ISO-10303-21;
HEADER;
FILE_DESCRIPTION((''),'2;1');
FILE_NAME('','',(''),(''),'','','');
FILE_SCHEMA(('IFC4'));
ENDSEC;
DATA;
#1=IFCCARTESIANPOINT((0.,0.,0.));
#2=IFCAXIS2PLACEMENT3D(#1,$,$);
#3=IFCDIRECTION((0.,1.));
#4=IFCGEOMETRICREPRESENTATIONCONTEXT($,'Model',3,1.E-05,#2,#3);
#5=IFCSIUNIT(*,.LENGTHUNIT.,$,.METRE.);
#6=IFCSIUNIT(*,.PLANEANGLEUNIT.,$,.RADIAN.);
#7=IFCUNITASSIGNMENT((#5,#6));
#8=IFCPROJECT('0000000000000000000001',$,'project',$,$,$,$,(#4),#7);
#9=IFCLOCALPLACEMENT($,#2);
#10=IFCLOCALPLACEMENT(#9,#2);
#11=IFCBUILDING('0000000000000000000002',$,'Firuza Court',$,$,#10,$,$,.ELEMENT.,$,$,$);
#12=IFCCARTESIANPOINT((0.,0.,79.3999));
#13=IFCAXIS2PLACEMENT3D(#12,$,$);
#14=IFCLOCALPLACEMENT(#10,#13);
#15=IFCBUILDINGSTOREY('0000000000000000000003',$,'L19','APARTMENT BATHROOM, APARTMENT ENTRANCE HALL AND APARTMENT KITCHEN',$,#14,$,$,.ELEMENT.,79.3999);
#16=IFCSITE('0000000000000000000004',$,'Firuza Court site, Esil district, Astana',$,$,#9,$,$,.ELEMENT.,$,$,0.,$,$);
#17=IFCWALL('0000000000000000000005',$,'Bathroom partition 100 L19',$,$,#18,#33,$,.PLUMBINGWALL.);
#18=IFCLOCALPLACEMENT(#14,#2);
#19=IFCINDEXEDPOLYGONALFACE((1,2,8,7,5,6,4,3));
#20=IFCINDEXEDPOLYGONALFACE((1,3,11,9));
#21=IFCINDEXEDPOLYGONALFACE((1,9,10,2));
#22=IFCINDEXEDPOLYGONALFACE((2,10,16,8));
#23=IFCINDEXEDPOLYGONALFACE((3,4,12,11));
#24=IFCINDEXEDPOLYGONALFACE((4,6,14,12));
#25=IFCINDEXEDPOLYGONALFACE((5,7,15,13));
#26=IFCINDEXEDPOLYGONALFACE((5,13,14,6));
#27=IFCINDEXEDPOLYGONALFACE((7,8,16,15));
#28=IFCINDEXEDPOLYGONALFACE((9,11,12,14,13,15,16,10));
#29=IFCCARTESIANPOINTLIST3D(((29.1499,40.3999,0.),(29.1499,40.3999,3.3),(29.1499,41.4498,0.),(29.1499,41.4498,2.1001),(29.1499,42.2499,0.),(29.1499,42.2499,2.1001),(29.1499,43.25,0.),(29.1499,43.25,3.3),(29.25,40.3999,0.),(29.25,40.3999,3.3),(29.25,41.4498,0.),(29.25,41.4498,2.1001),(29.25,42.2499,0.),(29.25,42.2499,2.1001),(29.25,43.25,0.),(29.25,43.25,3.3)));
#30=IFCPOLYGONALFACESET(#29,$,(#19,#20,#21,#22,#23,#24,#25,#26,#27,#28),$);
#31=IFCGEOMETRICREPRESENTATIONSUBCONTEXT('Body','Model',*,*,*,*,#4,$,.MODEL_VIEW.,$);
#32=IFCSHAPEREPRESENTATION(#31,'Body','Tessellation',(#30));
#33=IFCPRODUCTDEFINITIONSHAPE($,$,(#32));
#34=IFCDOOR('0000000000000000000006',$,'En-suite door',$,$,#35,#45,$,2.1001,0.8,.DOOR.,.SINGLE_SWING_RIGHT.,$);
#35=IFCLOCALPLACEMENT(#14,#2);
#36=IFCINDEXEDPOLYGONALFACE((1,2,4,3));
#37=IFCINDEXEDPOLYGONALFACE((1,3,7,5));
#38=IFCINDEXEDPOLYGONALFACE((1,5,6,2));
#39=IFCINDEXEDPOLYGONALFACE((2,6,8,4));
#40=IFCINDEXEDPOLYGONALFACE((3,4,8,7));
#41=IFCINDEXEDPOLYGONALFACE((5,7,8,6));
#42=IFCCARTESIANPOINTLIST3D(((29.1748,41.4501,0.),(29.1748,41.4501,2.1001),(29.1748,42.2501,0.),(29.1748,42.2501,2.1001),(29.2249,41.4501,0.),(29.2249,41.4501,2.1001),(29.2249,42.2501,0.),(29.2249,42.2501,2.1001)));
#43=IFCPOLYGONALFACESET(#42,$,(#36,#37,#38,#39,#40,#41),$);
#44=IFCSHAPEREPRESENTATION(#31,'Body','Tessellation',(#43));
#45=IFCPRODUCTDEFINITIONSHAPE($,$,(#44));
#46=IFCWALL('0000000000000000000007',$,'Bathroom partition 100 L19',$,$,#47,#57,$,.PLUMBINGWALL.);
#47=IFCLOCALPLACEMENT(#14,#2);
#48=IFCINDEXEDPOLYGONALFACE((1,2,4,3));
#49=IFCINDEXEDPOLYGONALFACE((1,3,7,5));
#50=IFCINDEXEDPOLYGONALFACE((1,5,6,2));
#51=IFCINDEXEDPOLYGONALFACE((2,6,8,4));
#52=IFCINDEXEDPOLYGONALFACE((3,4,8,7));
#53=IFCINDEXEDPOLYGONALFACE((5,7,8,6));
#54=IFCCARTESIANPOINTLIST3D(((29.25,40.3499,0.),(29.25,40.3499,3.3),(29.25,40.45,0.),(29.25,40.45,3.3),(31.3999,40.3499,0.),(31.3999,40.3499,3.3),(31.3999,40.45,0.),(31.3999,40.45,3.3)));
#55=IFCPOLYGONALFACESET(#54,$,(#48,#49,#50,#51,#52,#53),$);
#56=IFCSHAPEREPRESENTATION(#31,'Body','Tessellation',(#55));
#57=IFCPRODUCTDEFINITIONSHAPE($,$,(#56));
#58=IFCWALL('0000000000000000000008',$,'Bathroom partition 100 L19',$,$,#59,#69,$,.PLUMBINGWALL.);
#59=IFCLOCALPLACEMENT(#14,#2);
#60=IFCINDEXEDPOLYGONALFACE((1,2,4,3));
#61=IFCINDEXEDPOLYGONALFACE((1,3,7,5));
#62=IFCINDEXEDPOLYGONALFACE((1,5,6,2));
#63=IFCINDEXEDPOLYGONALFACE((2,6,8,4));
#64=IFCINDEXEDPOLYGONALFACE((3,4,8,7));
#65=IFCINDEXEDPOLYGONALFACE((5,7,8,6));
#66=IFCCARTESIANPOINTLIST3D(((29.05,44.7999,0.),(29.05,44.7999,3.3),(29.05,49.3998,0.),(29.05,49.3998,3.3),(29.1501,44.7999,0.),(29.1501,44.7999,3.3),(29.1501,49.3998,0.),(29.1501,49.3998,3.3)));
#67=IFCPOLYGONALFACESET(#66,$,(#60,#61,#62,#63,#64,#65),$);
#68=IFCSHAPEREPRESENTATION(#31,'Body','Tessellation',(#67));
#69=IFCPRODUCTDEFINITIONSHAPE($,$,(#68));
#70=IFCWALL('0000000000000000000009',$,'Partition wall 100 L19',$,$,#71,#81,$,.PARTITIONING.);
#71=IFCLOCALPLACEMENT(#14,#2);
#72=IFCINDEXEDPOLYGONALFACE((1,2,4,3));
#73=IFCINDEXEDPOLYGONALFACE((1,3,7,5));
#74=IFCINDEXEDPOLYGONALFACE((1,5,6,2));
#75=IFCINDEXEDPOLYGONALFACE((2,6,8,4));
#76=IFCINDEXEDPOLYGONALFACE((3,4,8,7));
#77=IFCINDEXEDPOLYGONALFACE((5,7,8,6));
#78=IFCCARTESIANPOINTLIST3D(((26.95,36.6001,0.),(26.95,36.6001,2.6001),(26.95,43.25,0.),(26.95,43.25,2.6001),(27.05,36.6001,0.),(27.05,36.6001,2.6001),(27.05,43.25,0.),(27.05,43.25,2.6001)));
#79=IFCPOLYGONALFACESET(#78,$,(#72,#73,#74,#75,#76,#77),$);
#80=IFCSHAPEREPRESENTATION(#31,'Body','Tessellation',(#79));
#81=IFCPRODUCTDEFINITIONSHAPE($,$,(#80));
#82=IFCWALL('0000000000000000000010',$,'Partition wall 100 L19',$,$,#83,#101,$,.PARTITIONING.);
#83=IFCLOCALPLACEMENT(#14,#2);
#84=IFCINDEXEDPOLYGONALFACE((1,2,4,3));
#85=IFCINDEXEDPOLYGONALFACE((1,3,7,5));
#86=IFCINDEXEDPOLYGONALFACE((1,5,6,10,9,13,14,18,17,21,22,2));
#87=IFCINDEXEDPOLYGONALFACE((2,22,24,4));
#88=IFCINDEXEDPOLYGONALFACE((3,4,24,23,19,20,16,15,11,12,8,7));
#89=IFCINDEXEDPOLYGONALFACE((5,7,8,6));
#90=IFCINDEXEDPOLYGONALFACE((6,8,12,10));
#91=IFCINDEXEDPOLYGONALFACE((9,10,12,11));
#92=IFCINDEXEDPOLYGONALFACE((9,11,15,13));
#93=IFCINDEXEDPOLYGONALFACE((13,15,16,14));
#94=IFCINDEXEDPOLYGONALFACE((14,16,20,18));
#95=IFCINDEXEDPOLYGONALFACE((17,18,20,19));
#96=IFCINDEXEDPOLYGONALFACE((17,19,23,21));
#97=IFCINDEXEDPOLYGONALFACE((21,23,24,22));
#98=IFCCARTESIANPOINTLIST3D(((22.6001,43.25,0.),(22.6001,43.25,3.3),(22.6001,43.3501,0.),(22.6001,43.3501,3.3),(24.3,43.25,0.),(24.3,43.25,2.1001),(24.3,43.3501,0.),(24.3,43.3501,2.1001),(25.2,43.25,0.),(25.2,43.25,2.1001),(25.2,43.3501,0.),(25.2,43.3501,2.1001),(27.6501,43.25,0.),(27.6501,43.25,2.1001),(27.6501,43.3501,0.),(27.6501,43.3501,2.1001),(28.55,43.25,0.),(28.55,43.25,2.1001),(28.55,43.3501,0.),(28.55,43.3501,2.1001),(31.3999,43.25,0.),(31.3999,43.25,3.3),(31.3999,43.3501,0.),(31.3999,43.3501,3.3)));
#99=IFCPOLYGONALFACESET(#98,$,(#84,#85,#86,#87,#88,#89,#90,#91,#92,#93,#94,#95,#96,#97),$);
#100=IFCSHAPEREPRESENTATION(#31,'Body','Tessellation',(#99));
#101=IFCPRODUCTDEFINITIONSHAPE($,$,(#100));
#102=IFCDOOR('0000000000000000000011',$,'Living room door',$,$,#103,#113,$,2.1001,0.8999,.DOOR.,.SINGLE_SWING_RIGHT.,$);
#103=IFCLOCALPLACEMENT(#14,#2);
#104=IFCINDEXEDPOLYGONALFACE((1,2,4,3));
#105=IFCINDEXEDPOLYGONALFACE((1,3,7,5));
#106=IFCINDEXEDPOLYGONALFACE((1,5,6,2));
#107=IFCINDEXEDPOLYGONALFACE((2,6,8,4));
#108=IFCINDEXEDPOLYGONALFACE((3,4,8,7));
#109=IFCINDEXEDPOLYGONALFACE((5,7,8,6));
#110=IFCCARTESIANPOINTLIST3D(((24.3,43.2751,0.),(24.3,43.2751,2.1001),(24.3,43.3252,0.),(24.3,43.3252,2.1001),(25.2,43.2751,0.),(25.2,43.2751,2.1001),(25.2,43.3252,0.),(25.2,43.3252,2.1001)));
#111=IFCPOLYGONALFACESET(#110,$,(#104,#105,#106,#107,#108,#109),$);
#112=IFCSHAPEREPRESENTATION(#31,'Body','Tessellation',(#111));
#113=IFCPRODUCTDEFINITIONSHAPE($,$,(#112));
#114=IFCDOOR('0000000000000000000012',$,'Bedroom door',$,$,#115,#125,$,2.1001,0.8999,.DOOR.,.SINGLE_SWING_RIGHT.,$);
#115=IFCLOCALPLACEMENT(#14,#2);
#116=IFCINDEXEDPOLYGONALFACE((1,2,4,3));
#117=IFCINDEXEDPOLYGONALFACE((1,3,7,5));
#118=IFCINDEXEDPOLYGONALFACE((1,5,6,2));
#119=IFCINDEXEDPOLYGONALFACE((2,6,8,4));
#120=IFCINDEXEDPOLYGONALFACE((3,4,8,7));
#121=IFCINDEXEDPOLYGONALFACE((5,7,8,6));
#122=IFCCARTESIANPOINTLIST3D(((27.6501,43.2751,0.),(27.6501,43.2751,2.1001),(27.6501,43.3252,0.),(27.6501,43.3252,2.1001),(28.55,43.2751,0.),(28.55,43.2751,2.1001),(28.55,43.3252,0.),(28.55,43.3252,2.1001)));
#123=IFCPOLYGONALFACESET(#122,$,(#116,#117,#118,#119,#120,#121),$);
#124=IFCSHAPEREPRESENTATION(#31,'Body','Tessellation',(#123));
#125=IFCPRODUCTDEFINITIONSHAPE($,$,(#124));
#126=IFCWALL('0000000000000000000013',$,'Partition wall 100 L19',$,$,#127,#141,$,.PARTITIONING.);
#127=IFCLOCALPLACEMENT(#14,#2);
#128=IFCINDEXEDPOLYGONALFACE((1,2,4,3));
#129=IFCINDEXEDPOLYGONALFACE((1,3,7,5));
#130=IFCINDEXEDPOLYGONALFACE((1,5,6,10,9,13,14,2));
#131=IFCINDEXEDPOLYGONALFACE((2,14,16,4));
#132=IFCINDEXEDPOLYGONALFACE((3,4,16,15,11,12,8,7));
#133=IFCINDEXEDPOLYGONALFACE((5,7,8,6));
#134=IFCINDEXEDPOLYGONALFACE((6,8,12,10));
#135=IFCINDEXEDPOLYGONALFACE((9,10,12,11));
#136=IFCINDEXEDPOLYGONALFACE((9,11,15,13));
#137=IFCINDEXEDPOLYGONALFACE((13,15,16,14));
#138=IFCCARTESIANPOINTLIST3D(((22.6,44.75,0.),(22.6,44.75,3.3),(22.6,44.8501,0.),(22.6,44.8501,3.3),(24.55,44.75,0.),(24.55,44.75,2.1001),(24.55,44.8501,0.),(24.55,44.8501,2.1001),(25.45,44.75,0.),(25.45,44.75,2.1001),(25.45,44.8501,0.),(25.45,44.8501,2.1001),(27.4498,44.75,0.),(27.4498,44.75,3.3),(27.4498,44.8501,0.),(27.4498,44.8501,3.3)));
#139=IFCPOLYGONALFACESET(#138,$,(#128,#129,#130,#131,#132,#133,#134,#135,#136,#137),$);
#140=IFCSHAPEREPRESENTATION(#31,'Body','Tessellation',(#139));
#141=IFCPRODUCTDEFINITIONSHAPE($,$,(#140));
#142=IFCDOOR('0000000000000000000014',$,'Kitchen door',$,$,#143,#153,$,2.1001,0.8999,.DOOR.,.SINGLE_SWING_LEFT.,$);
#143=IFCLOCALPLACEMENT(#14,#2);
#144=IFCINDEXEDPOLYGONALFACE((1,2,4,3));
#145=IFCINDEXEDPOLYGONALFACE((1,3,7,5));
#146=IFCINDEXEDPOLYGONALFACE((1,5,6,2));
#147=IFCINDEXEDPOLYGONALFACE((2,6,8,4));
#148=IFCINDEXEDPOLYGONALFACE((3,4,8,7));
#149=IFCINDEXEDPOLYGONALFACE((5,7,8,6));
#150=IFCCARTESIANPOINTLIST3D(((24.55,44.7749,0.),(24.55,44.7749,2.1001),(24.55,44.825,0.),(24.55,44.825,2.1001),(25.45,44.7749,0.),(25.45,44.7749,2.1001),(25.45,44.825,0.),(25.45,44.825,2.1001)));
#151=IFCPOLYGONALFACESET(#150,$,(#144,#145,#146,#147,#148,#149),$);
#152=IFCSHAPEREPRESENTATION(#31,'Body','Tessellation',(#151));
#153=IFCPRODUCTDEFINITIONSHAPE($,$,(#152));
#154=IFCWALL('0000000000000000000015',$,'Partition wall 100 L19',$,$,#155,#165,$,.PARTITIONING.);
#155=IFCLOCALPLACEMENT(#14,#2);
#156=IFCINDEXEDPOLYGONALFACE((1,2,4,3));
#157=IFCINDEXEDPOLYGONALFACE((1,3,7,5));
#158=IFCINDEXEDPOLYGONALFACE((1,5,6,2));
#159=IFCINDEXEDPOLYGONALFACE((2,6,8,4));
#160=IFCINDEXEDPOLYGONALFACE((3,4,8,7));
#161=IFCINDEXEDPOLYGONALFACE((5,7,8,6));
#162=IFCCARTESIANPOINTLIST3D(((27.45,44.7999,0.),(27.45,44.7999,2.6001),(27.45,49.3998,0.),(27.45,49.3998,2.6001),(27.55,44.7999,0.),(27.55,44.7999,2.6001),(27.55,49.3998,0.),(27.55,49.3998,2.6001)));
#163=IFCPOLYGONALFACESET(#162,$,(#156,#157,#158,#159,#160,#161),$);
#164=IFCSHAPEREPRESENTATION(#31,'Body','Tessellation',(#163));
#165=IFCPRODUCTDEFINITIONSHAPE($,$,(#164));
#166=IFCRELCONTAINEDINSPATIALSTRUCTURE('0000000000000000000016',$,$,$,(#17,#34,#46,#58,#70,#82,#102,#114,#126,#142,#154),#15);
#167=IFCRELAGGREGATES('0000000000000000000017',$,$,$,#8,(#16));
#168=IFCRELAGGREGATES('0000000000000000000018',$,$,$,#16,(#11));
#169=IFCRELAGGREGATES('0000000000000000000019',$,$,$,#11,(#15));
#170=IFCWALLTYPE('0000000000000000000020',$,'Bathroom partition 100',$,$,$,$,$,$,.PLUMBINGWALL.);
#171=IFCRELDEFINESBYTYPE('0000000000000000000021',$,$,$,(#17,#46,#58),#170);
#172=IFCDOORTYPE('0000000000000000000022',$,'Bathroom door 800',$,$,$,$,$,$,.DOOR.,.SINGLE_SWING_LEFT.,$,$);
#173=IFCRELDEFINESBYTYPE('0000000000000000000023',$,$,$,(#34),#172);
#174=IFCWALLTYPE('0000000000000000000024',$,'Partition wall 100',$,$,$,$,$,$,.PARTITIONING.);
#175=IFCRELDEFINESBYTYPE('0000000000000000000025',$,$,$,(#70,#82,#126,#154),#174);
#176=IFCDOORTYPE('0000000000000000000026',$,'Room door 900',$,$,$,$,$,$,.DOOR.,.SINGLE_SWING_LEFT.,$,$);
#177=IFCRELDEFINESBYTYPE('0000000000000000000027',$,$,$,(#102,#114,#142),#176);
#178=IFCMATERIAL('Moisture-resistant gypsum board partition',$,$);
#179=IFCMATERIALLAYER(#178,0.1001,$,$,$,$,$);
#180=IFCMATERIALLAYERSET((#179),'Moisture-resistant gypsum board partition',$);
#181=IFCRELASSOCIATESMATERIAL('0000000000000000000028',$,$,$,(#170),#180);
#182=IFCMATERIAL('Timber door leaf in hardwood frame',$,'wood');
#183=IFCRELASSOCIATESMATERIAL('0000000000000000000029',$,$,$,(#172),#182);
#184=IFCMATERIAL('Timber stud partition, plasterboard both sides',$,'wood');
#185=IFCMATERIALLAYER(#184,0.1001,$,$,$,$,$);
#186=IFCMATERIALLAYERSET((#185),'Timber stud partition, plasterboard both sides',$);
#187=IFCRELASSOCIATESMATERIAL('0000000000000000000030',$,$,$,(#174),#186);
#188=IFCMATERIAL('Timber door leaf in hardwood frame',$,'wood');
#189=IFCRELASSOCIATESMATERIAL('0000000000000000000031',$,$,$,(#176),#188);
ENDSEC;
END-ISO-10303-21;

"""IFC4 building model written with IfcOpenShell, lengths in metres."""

from ifc_helpers import new_model, si_unit, direction, frame, frame_2d, origin, place, context, subcontext, project, spatial, rectangle, extrude, material, layer, layer_set, type_object, element, fill, save


model = new_model("IFC4")

# Units and contexts
model_context = context("Model", 3, precision=1e-05, world=origin(), true_north=direction((0.0, 1.0)))
body_context = subcontext(model_context, "Body", "Model", "MODEL_VIEW")
ifc_project = project(units=[si_unit("LENGTHUNIT", "METRE"), si_unit("PLANEANGLEUNIT", "RADIAN")], contexts=[model_context])

# Site, building, storey
site_placement = place(None, origin())
site = spatial("IfcSite", under=ifc_project, at=site_placement, Name="Firuza Court site, Esil district, Astana", CompositionType="ELEMENT", RefElevation=0.0)
building_placement = place(site_placement, origin())
building = spatial("IfcBuilding", under=site, at=building_placement, Name="Firuza Court", CompositionType="ELEMENT")
storey_placement = place(building_placement, frame((0.0, 0.0, 79.3999)))
storey = spatial("IfcBuildingStorey", under=building, at=storey_placement, Name="L19", Description="APARTMENT BATHROOM, APARTMENT ENTRANCE HALL AND APARTMENT KITCHEN", CompositionType="ELEMENT", Elevation=79.3999)

# Wall, opening, door
ifc_material_1 = material(Name="Moisture-resistant gypsum board partition")
ifc_layer_1 = layer(ifc_material_1, 0.1001)
ifc_layer_set_1 = layer_set([ifc_layer_1], Name="Moisture-resistant gypsum board partition")
wall_type_1 = type_object("IfcWallType", Name="Bathroom partition 100", PredefinedType="PLUMBINGWALL", material=ifc_layer_set_1)
wall_1_placement = place(storey_placement, frame((29.2, 40.3999, 0.0), z_axis=(0.0, 0.0, 1.0), x_axis=(0.0, 1.0, 0.0)))
wall_1 = element("IfcWall", 1, at=wall_1_placement, inside=storey, type_object=wall_type_1, Name="Bathroom partition 100 L19", PredefinedType="PLUMBINGWALL", context=body_context, shape_type="SweptSolid", body=[
    extrude(rectangle(XDim=2.8501, YDim=0.1001, at=frame_2d((1.425, 0.0))), origin(), (0.0, 0.0, 1.0), 3.3),
])
opening_1_placement = place(wall_1_placement, frame((1.05, 0.0, 0.0)))
opening_1 = element("IfcOpeningElement", 2, at=opening_1_placement, cuts=wall_1, PredefinedType="OPENING", context=body_context, shape_type="SweptSolid", body=[
    extrude(rectangle(XDim=0.8, YDim=2.1001, at=frame_2d((0.3999, 1.05))), frame((0.0, 0.062, 0.0), z_axis=(0.0, -1.0, 0.0), x_axis=(1.0, 0.0, 0.0)), (0.0, 0.0, 1.0), 0.124),
])
ifc_material_2 = material(Name="Timber door leaf in hardwood frame", Category="wood")
door_type_1 = type_object("IfcDoorType", Name="Bathroom door 800", OperationType="SINGLE_SWING_LEFT", PredefinedType="DOOR", material=ifc_material_2)
door_1_placement = place(opening_1_placement, frame((0.8, 0.0, 0.0), z_axis=(0.0, 0.0, 1.0), x_axis=(-1.0, 0.0, 0.0)))
door_1 = element("IfcDoor", 3, at=door_1_placement, inside=storey, type_object=door_type_1, Name="En-suite door", OperationType="SINGLE_SWING_RIGHT", OverallHeight=2.1001, OverallWidth=0.8, PredefinedType="DOOR", context=body_context, shape_type="SweptSolid", body=[
    extrude(rectangle(XDim=0.8, YDim=2.1001, at=frame_2d((0.3999, 1.05))), frame((0.0, 0.0249, 0.0), z_axis=(0.0, -1.0, 0.0), x_axis=(1.0, 0.0, 0.0)), (0.0, 0.0, 1.0), 0.05),
])
fill(opening_1, door_1)

# Walls
wall_2_placement = place(storey_placement, frame((29.25, 40.3999, 0.0), z_axis=(0.0, 0.0, 1.0), x_axis=(1.0, 0.0, 0.0)))
element("IfcWall", 4, at=wall_2_placement, inside=storey, type_object=wall_type_1, Name="Bathroom partition 100 L19", PredefinedType="PLUMBINGWALL", context=body_context, shape_type="SweptSolid", body=[
    extrude(rectangle(XDim=2.1499, YDim=0.1001, at=frame_2d((1.075, 0.0))), origin(), (0.0, 0.0, 1.0), 3.3),
])
wall_3_placement = place(storey_placement, frame((29.1001, 44.8, 0.0), z_axis=(0.0, 0.0, 1.0), x_axis=(0.0, 1.0, 0.0)))
element("IfcWall", 5, at=wall_3_placement, inside=storey, type_object=wall_type_1, Name="Bathroom partition 100 L19", PredefinedType="PLUMBINGWALL", context=body_context, shape_type="SweptSolid", body=[
    extrude(rectangle(XDim=4.5999, YDim=0.1001, at=frame_2d((2.2998, 0.0))), origin(), (0.0, 0.0, 1.0), 3.3),
])
ifc_material_3 = material(Name="Timber stud partition, plasterboard both sides", Category="wood")
ifc_layer_2 = layer(ifc_material_3, 0.1001)
ifc_layer_set_2 = layer_set([ifc_layer_2], Name="Timber stud partition, plasterboard both sides")
wall_type_2 = type_object("IfcWallType", Name="Partition wall 100", PredefinedType="PARTITIONING", material=ifc_layer_set_2)
wall_4_placement = place(storey_placement, frame((27.0, 36.6001, 0.0), z_axis=(0.0, 0.0, 1.0), x_axis=(0.0, 1.0, 0.0)))
element("IfcWall", 6, at=wall_4_placement, inside=storey, type_object=wall_type_2, Name="Partition wall 100 L19", PredefinedType="PARTITIONING", context=body_context, shape_type="SweptSolid", body=[
    extrude(rectangle(XDim=6.6499, YDim=0.1001, at=frame_2d((3.325, 0.0))), origin(), (0.0, 0.0, 1.0), 2.6001),
])

# Wall, openings, doors
wall_5_placement = place(storey_placement, frame((22.6001, 43.3, 0.0), z_axis=(0.0, 0.0, 1.0), x_axis=(1.0, 0.0, 0.0)))
wall_5 = element("IfcWall", 7, at=wall_5_placement, inside=storey, type_object=wall_type_2, Name="Partition wall 100 L19", PredefinedType="PARTITIONING", context=body_context, shape_type="SweptSolid", body=[
    extrude(rectangle(XDim=8.7998, YDim=0.1001, at=frame_2d((4.3999, 0.0))), origin(), (0.0, 0.0, 1.0), 3.3),
])
opening_2_placement = place(wall_5_placement, frame((1.7, 0.0, 0.0)))
opening_2 = element("IfcOpeningElement", 8, at=opening_2_placement, cuts=wall_5, PredefinedType="OPENING", context=body_context, shape_type="SweptSolid", body=[
    extrude(rectangle(XDim=0.8999, YDim=2.1001, at=frame_2d((0.45, 1.05))), frame((0.0, 0.062, 0.0), z_axis=(0.0, -1.0, 0.0), x_axis=(1.0, 0.0, 0.0)), (0.0, 0.0, 1.0), 0.124),
])
opening_3_placement = place(wall_5_placement, frame((5.05, 0.0, 0.0)))
opening_3 = element("IfcOpeningElement", 9, at=opening_3_placement, cuts=wall_5, PredefinedType="OPENING", context=body_context, shape_type="SweptSolid", body=[
    extrude(rectangle(XDim=0.8999, YDim=2.1001, at=frame_2d((0.45, 1.05))), frame((0.0, 0.062, 0.0), z_axis=(0.0, -1.0, 0.0), x_axis=(1.0, 0.0, 0.0)), (0.0, 0.0, 1.0), 0.124),
])
ifc_material_4 = material(Name="Timber door leaf in hardwood frame", Category="wood")
door_type_2 = type_object("IfcDoorType", Name="Room door 900", OperationType="SINGLE_SWING_LEFT", PredefinedType="DOOR", material=ifc_material_4)
door_2_placement = place(opening_2_placement, frame((0.8999, 0.0, 0.0), z_axis=(0.0, 0.0, 1.0), x_axis=(-1.0, 0.0, 0.0)))
door_2 = element("IfcDoor", 10, at=door_2_placement, inside=storey, type_object=door_type_2, Name="Living room door", OperationType="SINGLE_SWING_RIGHT", OverallHeight=2.1001, OverallWidth=0.8999, PredefinedType="DOOR", context=body_context, shape_type="SweptSolid", body=[
    extrude(rectangle(XDim=0.8999, YDim=2.1001, at=frame_2d((0.45, 1.05))), frame((0.0, 0.0249, 0.0), z_axis=(0.0, -1.0, 0.0), x_axis=(1.0, 0.0, 0.0)), (0.0, 0.0, 1.0), 0.05),
])
fill(opening_2, door_2)
door_3_placement = place(opening_3_placement, frame((0.8999, 0.0, 0.0), z_axis=(0.0, 0.0, 1.0), x_axis=(-1.0, 0.0, 0.0)))
door_3 = element("IfcDoor", 11, at=door_3_placement, inside=storey, type_object=door_type_2, Name="Bedroom door", OperationType="SINGLE_SWING_RIGHT", OverallHeight=2.1001, OverallWidth=0.8999, PredefinedType="DOOR", context=body_context, shape_type="SweptSolid", body=[
    extrude(rectangle(XDim=0.8999, YDim=2.1001, at=frame_2d((0.45, 1.05))), frame((0.0, 0.0249, 0.0), z_axis=(0.0, -1.0, 0.0), x_axis=(1.0, 0.0, 0.0)), (0.0, 0.0, 1.0), 0.05),
])
fill(opening_3, door_3)

# Wall, opening, door
wall_6_placement = place(storey_placement, frame((22.6001, 44.8, 0.0), z_axis=(0.0, 0.0, 1.0), x_axis=(1.0, 0.0, 0.0)))
wall_6 = element("IfcWall", 12, at=wall_6_placement, inside=storey, type_object=wall_type_2, Name="Partition wall 100 L19", PredefinedType="PARTITIONING", context=body_context, shape_type="SweptSolid", body=[
    extrude(rectangle(XDim=4.8499, YDim=0.1001, at=frame_2d((2.4248, 0.0))), origin(), (0.0, 0.0, 1.0), 3.3),
])
opening_4_placement = place(wall_6_placement, frame((1.95, 0.0, 0.0)))
opening_4 = element("IfcOpeningElement", 13, at=opening_4_placement, cuts=wall_6, PredefinedType="OPENING", context=body_context, shape_type="SweptSolid", body=[
    extrude(rectangle(XDim=0.8999, YDim=2.1001, at=frame_2d((0.45, 1.05))), frame((0.0, 0.062, 0.0), z_axis=(0.0, -1.0, 0.0), x_axis=(1.0, 0.0, 0.0)), (0.0, 0.0, 1.0), 0.124),
])
door_4_placement = place(opening_4_placement, origin())
door_4 = element("IfcDoor", 14, at=door_4_placement, inside=storey, type_object=door_type_2, Name="Kitchen door", OperationType="SINGLE_SWING_LEFT", OverallHeight=2.1001, OverallWidth=0.8999, PredefinedType="DOOR", context=body_context, shape_type="SweptSolid", body=[
    extrude(rectangle(XDim=0.8999, YDim=2.1001, at=frame_2d((0.45, 1.05))), frame((0.0, 0.0249, 0.0), z_axis=(0.0, -1.0, 0.0), x_axis=(1.0, 0.0, 0.0)), (0.0, 0.0, 1.0), 0.05),
])
fill(opening_4, door_4)

# Wall
wall_7_placement = place(storey_placement, frame((27.5, 44.8, 0.0), z_axis=(0.0, 0.0, 1.0), x_axis=(0.0, 1.0, 0.0)))
element("IfcWall", 15, at=wall_7_placement, inside=storey, type_object=wall_type_2, Name="Partition wall 100 L19", PredefinedType="PARTITIONING", context=body_context, shape_type="SweptSolid", body=[
    extrude(rectangle(XDim=4.5999, YDim=0.1001, at=frame_2d((2.2998, 0.0))), origin(), (0.0, 0.0, 1.0), 2.6001),
])

save(model, "model.ifc")
